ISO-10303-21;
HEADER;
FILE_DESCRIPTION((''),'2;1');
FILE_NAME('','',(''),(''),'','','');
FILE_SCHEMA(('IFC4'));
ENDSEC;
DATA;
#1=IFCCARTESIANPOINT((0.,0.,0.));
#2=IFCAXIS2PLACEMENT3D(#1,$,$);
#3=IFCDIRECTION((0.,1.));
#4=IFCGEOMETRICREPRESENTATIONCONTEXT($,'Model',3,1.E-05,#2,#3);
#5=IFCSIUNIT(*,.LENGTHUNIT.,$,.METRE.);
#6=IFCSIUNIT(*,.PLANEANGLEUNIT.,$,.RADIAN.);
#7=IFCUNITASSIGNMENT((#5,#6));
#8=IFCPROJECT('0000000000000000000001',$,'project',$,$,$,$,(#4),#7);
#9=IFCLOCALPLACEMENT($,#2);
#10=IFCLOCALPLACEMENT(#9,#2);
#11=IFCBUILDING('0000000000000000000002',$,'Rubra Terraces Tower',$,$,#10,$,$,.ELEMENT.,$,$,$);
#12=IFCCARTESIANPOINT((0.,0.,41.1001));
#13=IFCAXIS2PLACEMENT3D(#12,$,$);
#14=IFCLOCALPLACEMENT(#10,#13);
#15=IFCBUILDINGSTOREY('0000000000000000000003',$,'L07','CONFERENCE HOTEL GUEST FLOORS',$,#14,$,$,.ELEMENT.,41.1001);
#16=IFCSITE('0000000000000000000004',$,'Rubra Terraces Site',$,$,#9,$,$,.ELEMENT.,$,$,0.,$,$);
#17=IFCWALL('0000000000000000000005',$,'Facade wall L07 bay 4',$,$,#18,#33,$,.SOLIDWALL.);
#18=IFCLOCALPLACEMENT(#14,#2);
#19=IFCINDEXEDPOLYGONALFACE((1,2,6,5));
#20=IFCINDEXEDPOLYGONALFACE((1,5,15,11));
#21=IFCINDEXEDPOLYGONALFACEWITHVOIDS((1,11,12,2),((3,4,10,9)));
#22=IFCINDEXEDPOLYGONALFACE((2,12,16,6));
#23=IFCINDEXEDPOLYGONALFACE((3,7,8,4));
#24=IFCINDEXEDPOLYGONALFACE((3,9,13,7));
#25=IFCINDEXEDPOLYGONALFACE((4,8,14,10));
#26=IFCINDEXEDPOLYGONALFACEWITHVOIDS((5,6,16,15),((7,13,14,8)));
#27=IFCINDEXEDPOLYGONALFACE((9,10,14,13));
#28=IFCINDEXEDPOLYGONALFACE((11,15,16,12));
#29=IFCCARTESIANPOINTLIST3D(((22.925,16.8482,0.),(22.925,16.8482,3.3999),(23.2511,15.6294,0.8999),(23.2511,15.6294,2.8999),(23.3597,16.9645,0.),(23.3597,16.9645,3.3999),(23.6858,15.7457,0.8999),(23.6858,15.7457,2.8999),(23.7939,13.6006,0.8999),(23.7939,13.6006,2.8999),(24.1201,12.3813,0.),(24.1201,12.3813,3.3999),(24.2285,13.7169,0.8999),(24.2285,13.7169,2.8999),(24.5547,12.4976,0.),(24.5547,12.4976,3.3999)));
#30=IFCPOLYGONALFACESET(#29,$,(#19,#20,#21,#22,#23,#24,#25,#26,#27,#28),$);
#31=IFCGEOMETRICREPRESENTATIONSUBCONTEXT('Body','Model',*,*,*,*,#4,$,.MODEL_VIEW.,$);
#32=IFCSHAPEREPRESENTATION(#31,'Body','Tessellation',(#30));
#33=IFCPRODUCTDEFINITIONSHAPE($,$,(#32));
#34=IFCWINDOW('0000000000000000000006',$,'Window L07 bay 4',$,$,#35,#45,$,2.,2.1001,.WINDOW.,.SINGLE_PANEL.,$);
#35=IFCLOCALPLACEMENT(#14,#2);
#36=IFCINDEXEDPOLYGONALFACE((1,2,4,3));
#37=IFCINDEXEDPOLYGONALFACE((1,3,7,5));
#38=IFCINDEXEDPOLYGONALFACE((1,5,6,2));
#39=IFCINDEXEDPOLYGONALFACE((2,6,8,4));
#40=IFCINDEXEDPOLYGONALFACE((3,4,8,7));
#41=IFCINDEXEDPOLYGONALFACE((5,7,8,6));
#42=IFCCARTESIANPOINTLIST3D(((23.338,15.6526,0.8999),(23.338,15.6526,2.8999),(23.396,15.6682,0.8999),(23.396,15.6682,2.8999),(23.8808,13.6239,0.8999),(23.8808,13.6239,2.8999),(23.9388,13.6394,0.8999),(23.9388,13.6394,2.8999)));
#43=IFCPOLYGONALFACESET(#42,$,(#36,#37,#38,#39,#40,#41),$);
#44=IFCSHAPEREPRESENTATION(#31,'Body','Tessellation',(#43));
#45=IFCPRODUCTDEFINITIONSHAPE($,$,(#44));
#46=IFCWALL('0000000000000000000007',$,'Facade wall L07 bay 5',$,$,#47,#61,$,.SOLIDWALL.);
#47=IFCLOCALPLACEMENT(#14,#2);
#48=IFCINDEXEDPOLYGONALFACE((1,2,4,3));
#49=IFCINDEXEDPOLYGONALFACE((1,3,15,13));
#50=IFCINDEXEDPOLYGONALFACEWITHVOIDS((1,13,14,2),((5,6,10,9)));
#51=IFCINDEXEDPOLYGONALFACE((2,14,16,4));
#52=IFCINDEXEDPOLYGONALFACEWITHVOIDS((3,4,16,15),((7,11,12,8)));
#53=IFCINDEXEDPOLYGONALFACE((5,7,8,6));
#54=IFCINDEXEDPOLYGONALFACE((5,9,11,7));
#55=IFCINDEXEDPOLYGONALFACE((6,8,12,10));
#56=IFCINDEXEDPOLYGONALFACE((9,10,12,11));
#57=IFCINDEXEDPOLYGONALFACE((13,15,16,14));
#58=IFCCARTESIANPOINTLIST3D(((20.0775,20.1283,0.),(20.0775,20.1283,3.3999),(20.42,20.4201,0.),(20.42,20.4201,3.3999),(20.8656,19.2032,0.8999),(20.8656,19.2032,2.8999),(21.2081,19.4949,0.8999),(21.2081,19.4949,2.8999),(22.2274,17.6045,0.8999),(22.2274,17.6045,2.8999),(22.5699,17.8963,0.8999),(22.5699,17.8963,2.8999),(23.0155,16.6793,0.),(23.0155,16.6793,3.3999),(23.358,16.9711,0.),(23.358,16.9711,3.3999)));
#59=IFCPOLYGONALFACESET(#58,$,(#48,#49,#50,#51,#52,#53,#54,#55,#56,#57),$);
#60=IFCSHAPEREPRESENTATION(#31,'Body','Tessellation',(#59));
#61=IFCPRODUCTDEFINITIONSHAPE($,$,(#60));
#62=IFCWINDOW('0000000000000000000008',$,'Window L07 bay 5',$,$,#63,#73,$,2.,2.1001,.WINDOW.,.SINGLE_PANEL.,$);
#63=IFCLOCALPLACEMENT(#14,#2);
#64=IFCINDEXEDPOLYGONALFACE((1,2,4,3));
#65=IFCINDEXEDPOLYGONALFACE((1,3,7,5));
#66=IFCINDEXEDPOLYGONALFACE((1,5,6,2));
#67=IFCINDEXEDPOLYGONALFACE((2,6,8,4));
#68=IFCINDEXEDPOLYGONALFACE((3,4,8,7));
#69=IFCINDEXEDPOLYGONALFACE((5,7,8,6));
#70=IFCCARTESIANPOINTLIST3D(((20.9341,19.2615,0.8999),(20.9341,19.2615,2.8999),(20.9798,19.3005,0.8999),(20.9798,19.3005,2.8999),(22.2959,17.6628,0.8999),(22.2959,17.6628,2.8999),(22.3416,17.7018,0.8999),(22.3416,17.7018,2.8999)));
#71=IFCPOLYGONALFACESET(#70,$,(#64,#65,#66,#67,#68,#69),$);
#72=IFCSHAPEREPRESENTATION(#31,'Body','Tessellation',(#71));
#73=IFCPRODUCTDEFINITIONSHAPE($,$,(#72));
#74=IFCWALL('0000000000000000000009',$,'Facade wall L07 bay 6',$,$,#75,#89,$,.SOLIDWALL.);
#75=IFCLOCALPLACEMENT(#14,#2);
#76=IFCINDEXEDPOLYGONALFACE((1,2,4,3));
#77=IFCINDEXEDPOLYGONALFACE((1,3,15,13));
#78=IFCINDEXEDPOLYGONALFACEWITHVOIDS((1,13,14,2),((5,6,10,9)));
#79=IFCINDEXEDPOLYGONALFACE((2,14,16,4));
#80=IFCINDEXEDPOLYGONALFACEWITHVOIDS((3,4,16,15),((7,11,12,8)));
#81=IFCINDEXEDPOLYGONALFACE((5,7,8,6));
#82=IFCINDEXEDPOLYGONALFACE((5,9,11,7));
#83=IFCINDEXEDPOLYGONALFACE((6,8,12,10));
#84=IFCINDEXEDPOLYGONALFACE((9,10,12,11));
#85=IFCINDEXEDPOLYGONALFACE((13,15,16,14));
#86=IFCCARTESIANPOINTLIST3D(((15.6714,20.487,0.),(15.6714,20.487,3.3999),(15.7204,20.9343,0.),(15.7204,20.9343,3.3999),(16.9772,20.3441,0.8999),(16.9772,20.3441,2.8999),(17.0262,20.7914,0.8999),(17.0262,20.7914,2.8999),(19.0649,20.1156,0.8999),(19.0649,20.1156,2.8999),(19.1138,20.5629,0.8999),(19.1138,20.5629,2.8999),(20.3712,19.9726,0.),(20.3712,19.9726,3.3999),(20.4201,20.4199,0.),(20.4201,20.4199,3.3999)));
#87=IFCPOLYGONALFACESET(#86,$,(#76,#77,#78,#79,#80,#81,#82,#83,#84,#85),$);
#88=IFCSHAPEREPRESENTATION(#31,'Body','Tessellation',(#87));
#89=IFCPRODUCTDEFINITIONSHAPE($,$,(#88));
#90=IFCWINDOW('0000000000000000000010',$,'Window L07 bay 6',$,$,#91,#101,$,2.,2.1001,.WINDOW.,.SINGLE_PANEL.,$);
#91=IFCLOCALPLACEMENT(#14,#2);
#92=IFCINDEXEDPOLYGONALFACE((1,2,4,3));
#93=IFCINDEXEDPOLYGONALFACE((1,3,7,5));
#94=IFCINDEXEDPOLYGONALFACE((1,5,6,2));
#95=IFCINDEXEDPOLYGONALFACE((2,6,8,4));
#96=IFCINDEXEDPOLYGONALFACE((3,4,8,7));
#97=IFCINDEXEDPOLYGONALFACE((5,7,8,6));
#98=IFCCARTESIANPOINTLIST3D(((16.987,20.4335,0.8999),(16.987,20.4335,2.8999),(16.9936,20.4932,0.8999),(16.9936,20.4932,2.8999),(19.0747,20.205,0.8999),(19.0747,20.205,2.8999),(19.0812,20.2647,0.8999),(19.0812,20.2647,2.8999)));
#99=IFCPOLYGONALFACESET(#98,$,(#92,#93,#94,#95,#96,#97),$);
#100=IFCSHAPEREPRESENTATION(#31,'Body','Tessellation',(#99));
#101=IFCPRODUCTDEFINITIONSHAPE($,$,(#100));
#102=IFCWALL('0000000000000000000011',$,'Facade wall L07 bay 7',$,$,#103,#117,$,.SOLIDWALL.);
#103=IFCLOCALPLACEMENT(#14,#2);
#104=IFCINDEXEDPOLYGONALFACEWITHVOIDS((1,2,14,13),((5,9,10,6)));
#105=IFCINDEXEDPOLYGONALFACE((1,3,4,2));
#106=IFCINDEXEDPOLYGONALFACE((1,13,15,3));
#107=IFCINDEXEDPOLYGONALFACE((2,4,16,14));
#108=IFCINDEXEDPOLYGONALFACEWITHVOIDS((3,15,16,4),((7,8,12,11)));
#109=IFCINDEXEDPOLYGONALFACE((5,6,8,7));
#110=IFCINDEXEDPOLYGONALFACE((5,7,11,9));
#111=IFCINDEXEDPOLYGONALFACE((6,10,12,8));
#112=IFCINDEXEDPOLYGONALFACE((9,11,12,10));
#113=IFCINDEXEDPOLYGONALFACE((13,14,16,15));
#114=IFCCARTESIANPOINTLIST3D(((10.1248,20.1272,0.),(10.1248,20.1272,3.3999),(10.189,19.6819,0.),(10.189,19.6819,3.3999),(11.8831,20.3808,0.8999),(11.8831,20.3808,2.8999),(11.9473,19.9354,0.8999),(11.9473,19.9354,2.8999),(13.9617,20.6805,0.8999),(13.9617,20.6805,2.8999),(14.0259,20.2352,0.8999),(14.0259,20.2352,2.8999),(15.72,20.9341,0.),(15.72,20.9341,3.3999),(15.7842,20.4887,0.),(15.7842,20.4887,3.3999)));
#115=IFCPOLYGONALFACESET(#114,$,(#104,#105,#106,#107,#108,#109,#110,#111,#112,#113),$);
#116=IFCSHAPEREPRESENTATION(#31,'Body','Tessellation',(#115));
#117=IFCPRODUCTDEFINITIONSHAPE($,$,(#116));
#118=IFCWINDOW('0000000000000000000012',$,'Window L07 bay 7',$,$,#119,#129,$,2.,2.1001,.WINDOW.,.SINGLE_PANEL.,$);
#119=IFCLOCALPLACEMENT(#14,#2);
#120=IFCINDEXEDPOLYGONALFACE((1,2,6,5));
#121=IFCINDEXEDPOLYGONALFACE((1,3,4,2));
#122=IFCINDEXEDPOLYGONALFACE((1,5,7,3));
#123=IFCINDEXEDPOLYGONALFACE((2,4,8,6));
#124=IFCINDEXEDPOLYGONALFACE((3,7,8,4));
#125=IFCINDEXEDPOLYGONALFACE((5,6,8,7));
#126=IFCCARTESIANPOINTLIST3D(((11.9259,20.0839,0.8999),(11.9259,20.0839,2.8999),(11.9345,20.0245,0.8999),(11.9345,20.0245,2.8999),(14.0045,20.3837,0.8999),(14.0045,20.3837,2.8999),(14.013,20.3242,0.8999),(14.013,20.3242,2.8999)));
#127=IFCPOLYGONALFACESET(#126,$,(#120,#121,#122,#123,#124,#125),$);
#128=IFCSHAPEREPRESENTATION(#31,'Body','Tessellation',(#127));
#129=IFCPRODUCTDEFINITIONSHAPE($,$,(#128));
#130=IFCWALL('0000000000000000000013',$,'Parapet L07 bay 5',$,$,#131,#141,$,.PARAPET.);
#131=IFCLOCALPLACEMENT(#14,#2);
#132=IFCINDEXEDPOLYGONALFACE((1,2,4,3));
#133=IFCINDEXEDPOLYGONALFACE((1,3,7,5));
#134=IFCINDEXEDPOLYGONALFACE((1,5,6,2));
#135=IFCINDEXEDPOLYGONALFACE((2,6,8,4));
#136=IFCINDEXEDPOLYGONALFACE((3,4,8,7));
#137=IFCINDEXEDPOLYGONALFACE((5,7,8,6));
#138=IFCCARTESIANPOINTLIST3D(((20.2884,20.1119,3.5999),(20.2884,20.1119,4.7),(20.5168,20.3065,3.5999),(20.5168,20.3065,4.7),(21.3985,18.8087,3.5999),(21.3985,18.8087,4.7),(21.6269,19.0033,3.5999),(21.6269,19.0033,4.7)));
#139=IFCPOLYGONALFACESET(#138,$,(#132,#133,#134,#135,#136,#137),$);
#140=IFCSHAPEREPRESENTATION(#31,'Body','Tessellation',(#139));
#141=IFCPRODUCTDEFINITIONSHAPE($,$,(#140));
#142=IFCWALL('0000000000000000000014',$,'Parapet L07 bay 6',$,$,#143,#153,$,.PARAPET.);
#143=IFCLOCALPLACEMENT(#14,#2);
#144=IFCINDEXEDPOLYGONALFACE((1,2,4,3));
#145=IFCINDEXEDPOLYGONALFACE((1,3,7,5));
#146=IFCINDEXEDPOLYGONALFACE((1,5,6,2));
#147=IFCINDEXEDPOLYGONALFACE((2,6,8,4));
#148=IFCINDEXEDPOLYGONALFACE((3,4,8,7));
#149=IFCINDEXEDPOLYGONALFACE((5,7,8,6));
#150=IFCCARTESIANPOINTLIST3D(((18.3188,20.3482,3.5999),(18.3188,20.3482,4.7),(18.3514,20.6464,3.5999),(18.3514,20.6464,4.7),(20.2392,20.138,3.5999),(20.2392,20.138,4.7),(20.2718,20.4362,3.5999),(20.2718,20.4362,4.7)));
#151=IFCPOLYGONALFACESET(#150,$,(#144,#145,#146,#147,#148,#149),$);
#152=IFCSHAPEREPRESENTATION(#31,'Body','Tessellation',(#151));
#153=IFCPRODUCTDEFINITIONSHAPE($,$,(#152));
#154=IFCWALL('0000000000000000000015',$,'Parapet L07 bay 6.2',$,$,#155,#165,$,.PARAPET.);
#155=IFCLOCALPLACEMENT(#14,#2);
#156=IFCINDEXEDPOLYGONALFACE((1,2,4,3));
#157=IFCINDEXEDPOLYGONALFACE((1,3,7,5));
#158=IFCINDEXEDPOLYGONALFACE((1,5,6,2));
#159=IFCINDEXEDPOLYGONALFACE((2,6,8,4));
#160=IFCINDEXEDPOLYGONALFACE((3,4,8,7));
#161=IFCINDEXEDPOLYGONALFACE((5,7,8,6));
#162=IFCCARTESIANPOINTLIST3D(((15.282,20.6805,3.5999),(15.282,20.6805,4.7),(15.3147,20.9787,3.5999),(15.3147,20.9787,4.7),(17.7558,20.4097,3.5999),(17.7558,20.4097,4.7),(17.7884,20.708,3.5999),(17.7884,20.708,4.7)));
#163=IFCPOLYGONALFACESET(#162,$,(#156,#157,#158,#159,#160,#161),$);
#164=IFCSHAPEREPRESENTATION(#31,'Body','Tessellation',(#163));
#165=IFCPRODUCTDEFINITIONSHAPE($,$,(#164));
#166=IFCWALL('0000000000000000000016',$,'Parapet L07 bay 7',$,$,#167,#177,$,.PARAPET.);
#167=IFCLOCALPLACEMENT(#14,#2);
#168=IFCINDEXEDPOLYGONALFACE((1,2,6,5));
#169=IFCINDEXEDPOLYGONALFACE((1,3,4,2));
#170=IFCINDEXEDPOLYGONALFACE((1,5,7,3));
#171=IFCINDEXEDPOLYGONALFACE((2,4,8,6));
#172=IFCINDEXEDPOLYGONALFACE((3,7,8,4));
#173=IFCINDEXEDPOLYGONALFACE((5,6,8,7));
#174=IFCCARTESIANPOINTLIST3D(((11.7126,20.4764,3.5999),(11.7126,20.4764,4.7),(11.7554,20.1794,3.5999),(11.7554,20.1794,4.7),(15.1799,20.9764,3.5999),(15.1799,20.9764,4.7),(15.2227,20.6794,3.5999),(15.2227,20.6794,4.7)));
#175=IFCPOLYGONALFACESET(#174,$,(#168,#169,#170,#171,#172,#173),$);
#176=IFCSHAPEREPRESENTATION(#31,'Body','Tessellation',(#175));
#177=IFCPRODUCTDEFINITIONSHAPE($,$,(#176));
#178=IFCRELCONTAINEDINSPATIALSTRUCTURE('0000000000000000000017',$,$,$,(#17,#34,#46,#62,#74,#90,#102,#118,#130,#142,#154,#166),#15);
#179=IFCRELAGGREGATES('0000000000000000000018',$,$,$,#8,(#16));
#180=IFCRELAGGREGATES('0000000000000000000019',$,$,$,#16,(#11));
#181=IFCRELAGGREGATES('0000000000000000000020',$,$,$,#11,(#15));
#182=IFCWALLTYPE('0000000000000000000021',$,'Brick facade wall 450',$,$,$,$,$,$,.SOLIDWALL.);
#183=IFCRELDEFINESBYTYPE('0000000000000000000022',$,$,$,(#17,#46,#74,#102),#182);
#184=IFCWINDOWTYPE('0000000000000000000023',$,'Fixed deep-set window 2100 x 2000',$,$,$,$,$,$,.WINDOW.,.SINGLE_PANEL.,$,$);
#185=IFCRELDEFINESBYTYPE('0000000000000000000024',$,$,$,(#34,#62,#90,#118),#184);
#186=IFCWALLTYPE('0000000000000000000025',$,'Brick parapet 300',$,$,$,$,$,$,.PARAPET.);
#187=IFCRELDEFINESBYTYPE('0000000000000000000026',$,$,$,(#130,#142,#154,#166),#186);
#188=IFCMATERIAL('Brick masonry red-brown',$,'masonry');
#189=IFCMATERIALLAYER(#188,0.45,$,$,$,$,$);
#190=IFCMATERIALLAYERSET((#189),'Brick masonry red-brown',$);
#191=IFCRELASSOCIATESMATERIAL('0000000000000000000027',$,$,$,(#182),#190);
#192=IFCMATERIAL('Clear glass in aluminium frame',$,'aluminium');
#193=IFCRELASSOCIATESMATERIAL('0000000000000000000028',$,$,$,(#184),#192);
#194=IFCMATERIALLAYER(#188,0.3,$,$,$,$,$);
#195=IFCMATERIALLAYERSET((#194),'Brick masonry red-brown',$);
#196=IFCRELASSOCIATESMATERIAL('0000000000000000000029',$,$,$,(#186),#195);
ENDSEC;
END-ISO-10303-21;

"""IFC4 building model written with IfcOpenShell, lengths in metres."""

from ifc_helpers import new_model, si_unit, direction, frame, frame_2d, origin, place, context, subcontext, project, spatial, rectangle, extrude, material, layer, layer_set, type_object, element, fill, save


model = new_model("IFC4")

# Units and contexts
model_context = context("Model", 3, precision=1e-05, world=origin(), true_north=direction((0.0, 1.0)))
body_context = subcontext(model_context, "Body", "Model", "MODEL_VIEW")
ifc_project = project(units=[si_unit("LENGTHUNIT", "METRE"), si_unit("PLANEANGLEUNIT", "RADIAN")], contexts=[model_context])

# Site, building, storey
site_placement = place(None, origin())
site = spatial("IfcSite", under=ifc_project, at=site_placement, Name="Rubra Terraces Site", CompositionType="ELEMENT", RefElevation=0.0)
building_placement = place(site_placement, origin())
building = spatial("IfcBuilding", under=site, at=building_placement, Name="Rubra Terraces Tower", CompositionType="ELEMENT")
storey_placement = place(building_placement, frame((0.0, 0.0, 41.1001)))
storey = spatial("IfcBuildingStorey", under=building, at=storey_placement, Name="L07", Description="CONFERENCE HOTEL GUEST FLOORS", CompositionType="ELEMENT", Elevation=41.1001)

# Walls, openings, windows
ifc_material_1 = material(Name="Brick masonry red-brown", Category="masonry")
ifc_layer_1 = layer(ifc_material_1, 0.45)
ifc_layer_set_1 = layer_set([ifc_layer_1], Name="Brick masonry red-brown")
wall_type_1 = type_object("IfcWallType", Name="Brick facade wall 450", PredefinedType="SOLIDWALL", material=ifc_layer_set_1)
wall_1_placement = place(storey_placement, frame((24.3374, 12.4395, 0.0), z_axis=(0.0, 0.0, 1.0), x_axis=(-0.258441, 0.966027, 0.0)))
wall_1 = element("IfcWall", 1, at=wall_1_placement, inside=storey, type_object=wall_type_1, Name="Facade wall L07 bay 4", PredefinedType="SOLIDWALL", context=body_context, shape_type="SweptSolid", body=[
    extrude(rectangle(XDim=4.624, YDim=0.45, at=frame_2d((2.312, 0.0))), origin(), (0.0, 0.0, 1.0), 3.3999),
])
opening_1_placement = place(wall_1_placement, frame((1.2622, 0.0, 0.8999)))
opening_1 = element("IfcOpeningElement", 2, at=opening_1_placement, cuts=wall_1, PredefinedType="OPENING", context=body_context, shape_type="SweptSolid", body=[
    extrude(rectangle(XDim=2.1001, YDim=2.0, at=frame_2d((1.05, 1.0))), frame((0.0, 0.2349, 0.0), z_axis=(0.0, -1.0, 0.0), x_axis=(1.0, 0.0, 0.0)), (0.0, 0.0, 1.0), 0.47),
])
ifc_material_2 = material(Name="Clear glass in aluminium frame", Category="aluminium")
window_type = type_object("IfcWindowType", Name="Fixed deep-set window 2100 x 2000", PartitioningType="SINGLE_PANEL", PredefinedType="WINDOW", material=ifc_material_2)
window_1_placement = place(opening_1_placement, origin())
window_1 = element("IfcWindow", 3, at=window_1_placement, inside=storey, type_object=window_type, Name="Window L07 bay 4", OverallHeight=2.0, OverallWidth=2.1001, PartitioningType="SINGLE_PANEL", PredefinedType="WINDOW", context=body_context, shape_type="SweptSolid", body=[
    extrude(rectangle(XDim=2.1001, YDim=2.0, at=frame_2d((1.05, 1.0))), frame((0.0, 0.135, 0.0), z_axis=(0.0, -1.0, 0.0), x_axis=(1.0, 0.0, 0.0)), (0.0, 0.0, 1.0), 0.0601),
])
fill(opening_1, window_1)
wall_2_placement = place(storey_placement, frame((23.1868, 16.8252, 0.0), z_axis=(0.0, 0.0, 1.0), x_axis=(-0.648463, 0.761246, 0.0)))
wall_2 = element("IfcWall", 4, at=wall_2_placement, inside=storey, type_object=wall_type_1, Name="Facade wall L07 bay 5", PredefinedType="SOLIDWALL", context=body_context, shape_type="SweptSolid", body=[
    extrude(rectangle(XDim=4.5308, YDim=0.45, at=frame_2d((2.2654, 0.0))), origin(), (0.0, 0.0, 1.0), 3.3999),
])
opening_2_placement = place(wall_2_placement, frame((1.2153, 0.0, 0.8999)))
opening_2 = element("IfcOpeningElement", 5, at=opening_2_placement, cuts=wall_2, PredefinedType="OPENING", context=body_context, shape_type="SweptSolid", body=[
    extrude(rectangle(XDim=2.1001, YDim=2.0, at=frame_2d((1.05, 1.0))), frame((0.0, 0.2349, 0.0), z_axis=(0.0, -1.0, 0.0), x_axis=(1.0, 0.0, 0.0)), (0.0, 0.0, 1.0), 0.47),
])
window_2_placement = place(opening_2_placement, origin())
window_2 = element("IfcWindow", 6, at=window_2_placement, inside=storey, type_object=window_type, Name="Window L07 bay 5", OverallHeight=2.0, OverallWidth=2.1001, PartitioningType="SINGLE_PANEL", PredefinedType="WINDOW", context=body_context, shape_type="SweptSolid", body=[
    extrude(rectangle(XDim=2.1001, YDim=2.0, at=frame_2d((1.05, 1.0))), frame((0.0, 0.135, 0.0), z_axis=(0.0, -1.0, 0.0), x_axis=(1.0, 0.0, 0.0)), (0.0, 0.0, 1.0), 0.0601),
])
fill(opening_2, window_2)
wall_3_placement = place(storey_placement, frame((20.3955, 20.1963, 0.0), z_axis=(0.0, 0.0, 1.0), x_axis=(-0.994063, 0.108805, 0.0)))
wall_3 = element("IfcWall", 7, at=wall_3_placement, inside=storey, type_object=wall_type_1, Name="Facade wall L07 bay 6", PredefinedType="SOLIDWALL", context=body_context, shape_type="SweptSolid", body=[
    extrude(rectangle(XDim=4.7278, YDim=0.45, at=frame_2d((2.3638, 0.0))), origin(), (0.0, 0.0, 1.0), 3.3999),
])
opening_3_placement = place(wall_3_placement, frame((1.314, 0.0, 0.8999)))
opening_3 = element("IfcOpeningElement", 8, at=opening_3_placement, cuts=wall_3, PredefinedType="OPENING", context=body_context, shape_type="SweptSolid", body=[
    extrude(rectangle(XDim=2.1001, YDim=2.0, at=frame_2d((1.05, 1.0))), frame((0.0, 0.2349, 0.0), z_axis=(0.0, -1.0, 0.0), x_axis=(1.0, 0.0, 0.0)), (0.0, 0.0, 1.0), 0.47),
])
window_3_placement = place(opening_3_placement, origin())
window_3 = element("IfcWindow", 9, at=window_3_placement, inside=storey, type_object=window_type, Name="Window L07 bay 6", OverallHeight=2.0, OverallWidth=2.1001, PartitioningType="SINGLE_PANEL", PredefinedType="WINDOW", context=body_context, shape_type="SweptSolid", body=[
    extrude(rectangle(XDim=2.1001, YDim=2.0, at=frame_2d((1.05, 1.0))), frame((0.0, 0.135, 0.0), z_axis=(0.0, -1.0, 0.0), x_axis=(1.0, 0.0, 0.0)), (0.0, 0.0, 1.0), 0.0601),
])
fill(opening_3, window_3)
wall_4_placement = place(storey_placement, frame((15.7522, 20.7114, 0.0), z_axis=(0.0, 0.0, 1.0), x_axis=(-0.989761, -0.142733, 0.0)))
wall_4 = element("IfcWall", 10, at=wall_4_placement, inside=storey, type_object=wall_type_1, Name="Facade wall L07 bay 7", PredefinedType="SOLIDWALL", context=body_context, shape_type="SweptSolid", body=[
    extrude(rectangle(XDim=5.6531, YDim=0.45, at=frame_2d((2.8267, 0.0))), origin(), (0.0, 0.0, 1.0), 3.3999),
])
opening_4_placement = place(wall_4_placement, frame((1.7766, 0.0, 0.8999)))
opening_4 = element("IfcOpeningElement", 11, at=opening_4_placement, cuts=wall_4, PredefinedType="OPENING", context=body_context, shape_type="SweptSolid", body=[
    extrude(rectangle(XDim=2.1001, YDim=2.0, at=frame_2d((1.05, 1.0))), frame((0.0, 0.2349, 0.0), z_axis=(0.0, -1.0, 0.0), x_axis=(1.0, 0.0, 0.0)), (0.0, 0.0, 1.0), 0.47),
])
window_4_placement = place(opening_4_placement, origin())
window_4 = element("IfcWindow", 12, at=window_4_placement, inside=storey, type_object=window_type, Name="Window L07 bay 7", OverallHeight=2.0, OverallWidth=2.1001, PartitioningType="SINGLE_PANEL", PredefinedType="WINDOW", context=body_context, shape_type="SweptSolid", body=[
    extrude(rectangle(XDim=2.1001, YDim=2.0, at=frame_2d((1.05, 1.0))), frame((0.0, 0.135, 0.0), z_axis=(0.0, -1.0, 0.0), x_axis=(1.0, 0.0, 0.0)), (0.0, 0.0, 1.0), 0.0601),
])
fill(opening_4, window_4)

# Walls
ifc_layer_2 = layer(ifc_material_1, 0.3)
ifc_layer_set_2 = layer_set([ifc_layer_2], Name="Brick masonry red-brown")
wall_type_2 = type_object("IfcWallType", Name="Brick parapet 300", PredefinedType="PARAPET", material=ifc_layer_set_2)
wall_5_placement = place(storey_placement, frame((21.5127, 18.906, 3.5999), z_axis=(0.0, 0.0, 1.0), x_axis=(-0.648451, 0.761256, 0.0)))
element("IfcWall", 13, at=wall_5_placement, inside=storey, type_object=wall_type_2, Name="Parapet L07 bay 5", PredefinedType="PARAPET", context=body_context, shape_type="SweptSolid", body=[
    extrude(rectangle(XDim=1.7119, YDim=0.3, at=frame_2d((0.856, 0.0))), origin(), (0.0, 0.0, 1.0), 1.1001),
])
wall_6_placement = place(storey_placement, frame((20.2554, 20.2871, 3.5999), z_axis=(0.0, 0.0, 1.0), x_axis=(-0.994063, 0.108809, 0.0)))
element("IfcWall", 14, at=wall_6_placement, inside=storey, type_object=wall_type_2, Name="Parapet L07 bay 6", PredefinedType="PARAPET", context=body_context, shape_type="SweptSolid", body=[
    extrude(rectangle(XDim=1.9319, YDim=0.3, at=frame_2d((0.9658, 0.0))), origin(), (0.0, 0.0, 1.0), 1.1001),
])
wall_7_placement = place(storey_placement, frame((17.772, 20.5588, 3.5999), z_axis=(0.0, 0.0, 1.0), x_axis=(-0.994063, 0.108805, 0.0)))
element("IfcWall", 15, at=wall_7_placement, inside=storey, type_object=wall_type_2, Name="Parapet L07 bay 6.2", PredefinedType="PARAPET", context=body_context, shape_type="SweptSolid", body=[
    extrude(rectangle(XDim=2.4885, YDim=0.3, at=frame_2d((1.2441, 0.0))), origin(), (0.0, 0.0, 1.0), 1.1001),
])
wall_8_placement = place(storey_placement, frame((15.2012, 20.8279, 3.5999), z_axis=(0.0, 0.0, 1.0), x_axis=(-0.989762, -0.142729, 0.0)))
element("IfcWall", 16, at=wall_8_placement, inside=storey, type_object=wall_type_2, Name="Parapet L07 bay 7", PredefinedType="PARAPET", context=body_context, shape_type="SweptSolid", body=[
    extrude(rectangle(XDim=3.5032, YDim=0.3, at=frame_2d((1.7515, 0.0))), origin(), (0.0, 0.0, 1.0), 1.1001),
])

save(model, "model.ifc")
